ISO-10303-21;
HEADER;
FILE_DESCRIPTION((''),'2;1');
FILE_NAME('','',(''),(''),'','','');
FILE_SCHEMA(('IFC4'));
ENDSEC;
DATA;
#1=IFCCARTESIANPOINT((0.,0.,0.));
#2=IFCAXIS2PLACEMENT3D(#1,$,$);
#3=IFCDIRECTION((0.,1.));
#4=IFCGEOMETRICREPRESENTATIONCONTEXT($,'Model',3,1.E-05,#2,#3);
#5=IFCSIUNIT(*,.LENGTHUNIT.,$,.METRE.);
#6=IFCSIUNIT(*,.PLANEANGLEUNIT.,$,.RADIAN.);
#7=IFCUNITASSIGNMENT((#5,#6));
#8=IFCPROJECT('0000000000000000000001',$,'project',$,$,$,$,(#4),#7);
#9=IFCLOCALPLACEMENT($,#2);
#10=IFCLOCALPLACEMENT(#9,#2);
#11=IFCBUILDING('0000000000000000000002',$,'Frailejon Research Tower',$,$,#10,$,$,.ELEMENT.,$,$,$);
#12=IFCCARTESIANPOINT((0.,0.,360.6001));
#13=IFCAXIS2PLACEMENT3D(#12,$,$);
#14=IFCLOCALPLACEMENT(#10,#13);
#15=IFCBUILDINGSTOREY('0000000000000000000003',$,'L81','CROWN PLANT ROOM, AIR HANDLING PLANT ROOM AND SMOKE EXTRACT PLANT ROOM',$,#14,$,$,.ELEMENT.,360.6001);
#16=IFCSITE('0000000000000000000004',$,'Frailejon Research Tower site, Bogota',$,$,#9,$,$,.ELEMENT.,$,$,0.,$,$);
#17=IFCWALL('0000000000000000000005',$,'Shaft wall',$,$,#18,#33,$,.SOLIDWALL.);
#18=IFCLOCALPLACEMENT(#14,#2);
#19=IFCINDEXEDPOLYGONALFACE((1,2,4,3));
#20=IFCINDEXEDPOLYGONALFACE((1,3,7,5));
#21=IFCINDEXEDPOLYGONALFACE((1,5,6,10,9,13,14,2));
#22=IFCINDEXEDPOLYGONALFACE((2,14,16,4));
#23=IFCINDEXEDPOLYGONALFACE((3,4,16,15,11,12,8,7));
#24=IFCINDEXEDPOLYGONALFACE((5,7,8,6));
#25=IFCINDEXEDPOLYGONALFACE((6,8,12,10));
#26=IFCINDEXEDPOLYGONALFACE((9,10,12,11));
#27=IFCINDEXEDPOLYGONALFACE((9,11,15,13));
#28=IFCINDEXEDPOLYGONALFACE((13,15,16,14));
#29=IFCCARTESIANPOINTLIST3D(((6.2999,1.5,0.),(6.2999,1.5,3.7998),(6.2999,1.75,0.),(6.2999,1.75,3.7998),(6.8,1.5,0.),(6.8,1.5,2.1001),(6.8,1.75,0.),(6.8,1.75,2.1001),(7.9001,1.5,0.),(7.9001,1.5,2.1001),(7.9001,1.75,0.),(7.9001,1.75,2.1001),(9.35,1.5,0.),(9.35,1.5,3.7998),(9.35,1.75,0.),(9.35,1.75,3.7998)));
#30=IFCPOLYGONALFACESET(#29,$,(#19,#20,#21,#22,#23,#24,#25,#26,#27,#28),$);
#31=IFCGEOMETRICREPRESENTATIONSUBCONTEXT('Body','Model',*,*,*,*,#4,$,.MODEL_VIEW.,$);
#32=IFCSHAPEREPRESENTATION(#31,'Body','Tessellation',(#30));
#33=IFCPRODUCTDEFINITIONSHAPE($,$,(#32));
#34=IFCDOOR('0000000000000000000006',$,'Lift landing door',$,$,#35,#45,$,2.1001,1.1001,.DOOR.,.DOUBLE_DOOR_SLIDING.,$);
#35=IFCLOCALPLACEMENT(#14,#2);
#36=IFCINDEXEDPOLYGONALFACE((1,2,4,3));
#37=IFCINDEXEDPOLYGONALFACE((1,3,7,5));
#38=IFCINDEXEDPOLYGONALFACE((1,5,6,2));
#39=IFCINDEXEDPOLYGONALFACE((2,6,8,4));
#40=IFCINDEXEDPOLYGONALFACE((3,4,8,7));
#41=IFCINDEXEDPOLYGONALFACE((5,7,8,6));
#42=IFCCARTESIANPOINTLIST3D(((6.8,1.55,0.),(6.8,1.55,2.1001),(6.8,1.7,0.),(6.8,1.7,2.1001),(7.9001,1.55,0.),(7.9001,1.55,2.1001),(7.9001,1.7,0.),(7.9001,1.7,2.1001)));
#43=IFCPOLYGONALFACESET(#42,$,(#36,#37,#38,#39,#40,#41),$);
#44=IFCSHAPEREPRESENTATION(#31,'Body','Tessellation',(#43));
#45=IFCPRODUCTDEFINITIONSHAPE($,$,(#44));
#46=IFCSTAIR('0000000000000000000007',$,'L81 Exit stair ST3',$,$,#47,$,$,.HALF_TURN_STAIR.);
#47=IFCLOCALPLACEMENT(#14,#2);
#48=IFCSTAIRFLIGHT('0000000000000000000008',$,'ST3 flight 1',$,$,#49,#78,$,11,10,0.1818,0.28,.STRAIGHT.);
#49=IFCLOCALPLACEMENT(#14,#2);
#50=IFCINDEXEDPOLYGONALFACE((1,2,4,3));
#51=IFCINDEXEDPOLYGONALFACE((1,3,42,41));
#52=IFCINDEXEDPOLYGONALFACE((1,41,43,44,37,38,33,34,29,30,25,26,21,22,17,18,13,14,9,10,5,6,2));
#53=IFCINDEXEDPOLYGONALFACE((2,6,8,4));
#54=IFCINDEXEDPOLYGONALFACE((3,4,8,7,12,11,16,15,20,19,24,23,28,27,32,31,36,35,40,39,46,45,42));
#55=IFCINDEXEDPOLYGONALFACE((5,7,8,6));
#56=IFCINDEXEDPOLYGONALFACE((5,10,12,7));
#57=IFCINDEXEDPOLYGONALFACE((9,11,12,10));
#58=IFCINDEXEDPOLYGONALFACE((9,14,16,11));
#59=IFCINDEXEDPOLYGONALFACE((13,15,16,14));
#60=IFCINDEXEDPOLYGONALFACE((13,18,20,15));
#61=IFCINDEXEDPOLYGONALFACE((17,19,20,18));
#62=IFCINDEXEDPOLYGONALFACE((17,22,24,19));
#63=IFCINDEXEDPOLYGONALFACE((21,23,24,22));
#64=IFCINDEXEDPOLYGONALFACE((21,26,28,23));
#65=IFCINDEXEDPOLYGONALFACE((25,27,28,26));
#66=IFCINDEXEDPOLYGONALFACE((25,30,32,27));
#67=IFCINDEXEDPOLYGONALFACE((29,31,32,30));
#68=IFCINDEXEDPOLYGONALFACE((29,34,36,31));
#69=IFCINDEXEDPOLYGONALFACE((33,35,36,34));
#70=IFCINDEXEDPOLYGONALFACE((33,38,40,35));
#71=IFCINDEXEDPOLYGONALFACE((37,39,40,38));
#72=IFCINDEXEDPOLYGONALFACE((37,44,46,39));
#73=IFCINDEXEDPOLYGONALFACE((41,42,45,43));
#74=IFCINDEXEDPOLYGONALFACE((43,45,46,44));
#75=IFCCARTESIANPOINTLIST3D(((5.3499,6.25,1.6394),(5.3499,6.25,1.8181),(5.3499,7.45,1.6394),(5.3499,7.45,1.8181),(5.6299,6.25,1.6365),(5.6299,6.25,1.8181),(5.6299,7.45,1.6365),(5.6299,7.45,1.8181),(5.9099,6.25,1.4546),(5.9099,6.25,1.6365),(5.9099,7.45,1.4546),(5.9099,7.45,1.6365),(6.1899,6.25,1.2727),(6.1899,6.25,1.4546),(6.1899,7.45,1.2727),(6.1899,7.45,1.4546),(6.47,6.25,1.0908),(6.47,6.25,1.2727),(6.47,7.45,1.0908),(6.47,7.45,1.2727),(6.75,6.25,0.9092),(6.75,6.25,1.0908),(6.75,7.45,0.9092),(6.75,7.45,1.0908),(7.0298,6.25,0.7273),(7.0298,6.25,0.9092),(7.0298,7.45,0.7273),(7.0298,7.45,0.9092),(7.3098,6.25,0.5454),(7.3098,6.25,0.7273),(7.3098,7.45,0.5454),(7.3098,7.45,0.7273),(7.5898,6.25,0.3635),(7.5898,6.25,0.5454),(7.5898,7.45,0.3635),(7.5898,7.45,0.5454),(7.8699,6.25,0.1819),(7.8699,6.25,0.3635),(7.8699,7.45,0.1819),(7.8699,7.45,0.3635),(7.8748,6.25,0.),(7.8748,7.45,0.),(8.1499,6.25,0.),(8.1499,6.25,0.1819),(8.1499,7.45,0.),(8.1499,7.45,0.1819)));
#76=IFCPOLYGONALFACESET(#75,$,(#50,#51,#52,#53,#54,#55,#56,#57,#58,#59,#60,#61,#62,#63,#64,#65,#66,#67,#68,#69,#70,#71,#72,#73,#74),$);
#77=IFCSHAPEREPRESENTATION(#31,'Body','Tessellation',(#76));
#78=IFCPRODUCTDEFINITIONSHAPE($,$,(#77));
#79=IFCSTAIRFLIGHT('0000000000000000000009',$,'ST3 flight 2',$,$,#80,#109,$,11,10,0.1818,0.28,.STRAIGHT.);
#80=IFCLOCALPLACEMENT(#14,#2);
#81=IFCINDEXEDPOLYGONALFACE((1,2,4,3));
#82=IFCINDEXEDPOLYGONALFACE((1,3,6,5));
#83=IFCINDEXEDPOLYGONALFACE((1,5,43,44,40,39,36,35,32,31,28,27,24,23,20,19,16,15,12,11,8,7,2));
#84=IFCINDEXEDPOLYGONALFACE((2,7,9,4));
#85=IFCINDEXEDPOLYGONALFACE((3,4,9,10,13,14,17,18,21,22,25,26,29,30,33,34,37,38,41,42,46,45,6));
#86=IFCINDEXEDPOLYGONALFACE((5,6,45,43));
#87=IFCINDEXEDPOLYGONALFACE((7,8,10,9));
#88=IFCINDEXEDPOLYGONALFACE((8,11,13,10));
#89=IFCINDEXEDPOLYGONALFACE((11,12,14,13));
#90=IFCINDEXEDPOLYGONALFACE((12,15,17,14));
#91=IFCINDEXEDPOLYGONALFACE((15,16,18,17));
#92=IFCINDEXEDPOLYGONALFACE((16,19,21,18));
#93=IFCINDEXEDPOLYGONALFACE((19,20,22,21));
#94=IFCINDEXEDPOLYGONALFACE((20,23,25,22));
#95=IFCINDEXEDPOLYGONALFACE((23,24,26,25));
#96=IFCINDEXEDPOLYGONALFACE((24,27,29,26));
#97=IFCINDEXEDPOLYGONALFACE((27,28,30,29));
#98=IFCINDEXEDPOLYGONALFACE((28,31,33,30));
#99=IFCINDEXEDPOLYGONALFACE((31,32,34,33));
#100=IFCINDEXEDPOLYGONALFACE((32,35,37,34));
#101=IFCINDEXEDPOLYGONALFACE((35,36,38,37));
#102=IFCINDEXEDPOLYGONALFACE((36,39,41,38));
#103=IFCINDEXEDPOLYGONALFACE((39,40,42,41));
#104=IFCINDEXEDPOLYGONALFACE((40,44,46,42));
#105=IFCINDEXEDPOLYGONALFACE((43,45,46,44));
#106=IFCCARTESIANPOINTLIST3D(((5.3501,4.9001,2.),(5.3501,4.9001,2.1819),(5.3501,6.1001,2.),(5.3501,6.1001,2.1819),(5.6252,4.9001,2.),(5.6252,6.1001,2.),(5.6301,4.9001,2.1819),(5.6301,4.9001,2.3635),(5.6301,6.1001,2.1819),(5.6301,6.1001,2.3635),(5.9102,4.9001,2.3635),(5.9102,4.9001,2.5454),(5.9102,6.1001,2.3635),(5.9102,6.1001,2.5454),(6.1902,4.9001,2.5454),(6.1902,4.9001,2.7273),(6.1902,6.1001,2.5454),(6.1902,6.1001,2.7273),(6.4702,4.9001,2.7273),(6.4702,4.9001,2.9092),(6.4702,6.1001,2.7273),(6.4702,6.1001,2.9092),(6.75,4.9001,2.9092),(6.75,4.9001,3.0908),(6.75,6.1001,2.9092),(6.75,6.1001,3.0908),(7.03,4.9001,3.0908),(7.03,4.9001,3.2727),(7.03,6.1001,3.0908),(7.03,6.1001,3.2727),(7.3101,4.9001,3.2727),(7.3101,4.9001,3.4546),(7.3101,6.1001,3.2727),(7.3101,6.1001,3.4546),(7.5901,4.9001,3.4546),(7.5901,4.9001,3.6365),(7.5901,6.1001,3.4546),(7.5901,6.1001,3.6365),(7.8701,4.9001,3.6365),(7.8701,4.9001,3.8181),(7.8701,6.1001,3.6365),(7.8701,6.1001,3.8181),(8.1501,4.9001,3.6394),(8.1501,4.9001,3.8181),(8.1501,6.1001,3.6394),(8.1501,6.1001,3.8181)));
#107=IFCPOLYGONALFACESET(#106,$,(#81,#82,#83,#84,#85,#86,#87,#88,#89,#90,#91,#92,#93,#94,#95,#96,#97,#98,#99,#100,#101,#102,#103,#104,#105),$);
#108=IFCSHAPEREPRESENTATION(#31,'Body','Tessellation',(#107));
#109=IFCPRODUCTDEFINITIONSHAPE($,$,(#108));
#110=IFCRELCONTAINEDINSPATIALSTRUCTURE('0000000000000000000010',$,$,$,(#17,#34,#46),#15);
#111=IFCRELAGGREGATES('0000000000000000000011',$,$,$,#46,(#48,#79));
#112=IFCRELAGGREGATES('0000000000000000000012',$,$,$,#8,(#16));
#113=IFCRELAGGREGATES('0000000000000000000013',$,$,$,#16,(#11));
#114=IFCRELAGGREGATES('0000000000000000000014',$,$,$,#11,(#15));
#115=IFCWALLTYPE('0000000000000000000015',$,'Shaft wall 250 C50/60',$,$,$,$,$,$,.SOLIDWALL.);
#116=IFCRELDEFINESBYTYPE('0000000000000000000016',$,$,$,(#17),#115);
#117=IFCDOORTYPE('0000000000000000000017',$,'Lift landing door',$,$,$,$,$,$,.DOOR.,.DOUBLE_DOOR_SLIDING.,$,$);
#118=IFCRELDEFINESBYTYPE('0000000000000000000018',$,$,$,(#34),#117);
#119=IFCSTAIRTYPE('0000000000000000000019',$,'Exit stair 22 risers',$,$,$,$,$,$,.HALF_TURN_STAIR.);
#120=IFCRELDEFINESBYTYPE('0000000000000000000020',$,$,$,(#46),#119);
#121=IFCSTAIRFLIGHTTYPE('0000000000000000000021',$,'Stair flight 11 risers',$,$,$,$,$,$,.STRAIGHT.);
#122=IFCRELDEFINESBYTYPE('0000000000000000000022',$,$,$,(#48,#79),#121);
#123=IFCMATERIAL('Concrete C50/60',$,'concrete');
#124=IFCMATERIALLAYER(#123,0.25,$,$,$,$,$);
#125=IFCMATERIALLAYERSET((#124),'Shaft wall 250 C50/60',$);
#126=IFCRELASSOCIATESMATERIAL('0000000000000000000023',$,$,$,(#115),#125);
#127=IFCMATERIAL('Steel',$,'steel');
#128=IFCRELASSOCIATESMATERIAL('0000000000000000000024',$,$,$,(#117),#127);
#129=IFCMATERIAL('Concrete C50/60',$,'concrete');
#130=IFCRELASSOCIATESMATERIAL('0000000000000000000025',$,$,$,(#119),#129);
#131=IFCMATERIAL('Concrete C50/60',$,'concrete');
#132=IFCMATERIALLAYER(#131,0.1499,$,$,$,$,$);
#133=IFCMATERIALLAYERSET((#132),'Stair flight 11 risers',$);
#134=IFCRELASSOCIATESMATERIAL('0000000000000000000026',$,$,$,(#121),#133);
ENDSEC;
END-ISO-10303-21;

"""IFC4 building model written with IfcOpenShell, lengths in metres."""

from ifc_helpers import new_model, si_unit, direction, frame, frame_2d, origin, place, context, subcontext, project, spatial, polyline, rectangle, outline, extrude, material, layer, layer_set, type_object, element, fill, aggregate, save


model = new_model("IFC4")

# Units and contexts
model_context = context("Model", 3, precision=1e-05, world=origin(), true_north=direction((0.0, 1.0)))
body_context = subcontext(model_context, "Body", "Model", "MODEL_VIEW")
ifc_project = project(units=[si_unit("LENGTHUNIT", "METRE"), si_unit("PLANEANGLEUNIT", "RADIAN")], contexts=[model_context])

# Site, building, storey
site_placement = place(None, origin())
site = spatial("IfcSite", under=ifc_project, at=site_placement, Name="Frailejon Research Tower site, Bogota", CompositionType="ELEMENT", RefElevation=0.0)
building_placement = place(site_placement, origin())
building = spatial("IfcBuilding", under=site, at=building_placement, Name="Frailejon Research Tower", CompositionType="ELEMENT")
storey_placement = place(building_placement, frame((0.0, 0.0, 360.6001)))
storey = spatial("IfcBuildingStorey", under=building, at=storey_placement, Name="L81", Description="CROWN PLANT ROOM, AIR HANDLING PLANT ROOM AND SMOKE EXTRACT PLANT ROOM", CompositionType="ELEMENT", Elevation=360.6001)

# Shared definitions
ifc_material_1 = material(Name="Concrete C50/60", Category="concrete")
ifc_layer_1 = layer(ifc_material_1, 0.25)
ifc_layer_set_1 = layer_set([ifc_layer_1], Name="Shaft wall 250 C50/60")
wall_type_1 = type_object("IfcWallType", Name="Shaft wall 250 C50/60", PredefinedType="SOLIDWALL", material=ifc_layer_set_1)

# Wall, opening, door
wall_1_placement = place(storey_placement, frame((6.3, 1.625, 0.0), z_axis=(0.0, 0.0, 1.0), x_axis=(1.0, 0.0, 0.0)))
wall_1 = element("IfcWall", 1, at=wall_1_placement, inside=storey, type_object=wall_type_1, Name="Shaft wall", PredefinedType="SOLIDWALL", context=body_context, shape_type="SweptSolid", body=[
    extrude(rectangle(XDim=3.05, YDim=0.25, at=frame_2d((1.5249, 0.0))), origin(), (0.0, 0.0, 1.0), 3.7998),
])
opening_1_placement = place(wall_1_placement, frame((0.5, 0.0, 0.0)))
opening_1 = element("IfcOpeningElement", 2, at=opening_1_placement, cuts=wall_1, PredefinedType="OPENING", context=body_context, shape_type="SweptSolid", body=[
    extrude(rectangle(XDim=1.1001, YDim=2.1001, at=frame_2d((0.55, 1.05))), frame((0.0, 0.135, 0.0), z_axis=(0.0, -1.0, 0.0), x_axis=(1.0, 0.0, 0.0)), (0.0, 0.0, 1.0), 0.27),
])
ifc_material_2 = material(Name="Steel", Category="steel")
door_type_1 = type_object("IfcDoorType", Name="Lift landing door", OperationType="DOUBLE_DOOR_SLIDING", PredefinedType="DOOR", material=ifc_material_2)
door_1_placement = place(opening_1_placement, origin())
door_1 = element("IfcDoor", 3, at=door_1_placement, inside=storey, type_object=door_type_1, Name="Lift landing door", OperationType="DOUBLE_DOOR_SLIDING", OverallHeight=2.1001, OverallWidth=1.1001, PredefinedType="DOOR", context=body_context, shape_type="SweptSolid", body=[
    extrude(rectangle(XDim=1.1001, YDim=2.1001, at=frame_2d((0.55, 1.05))), frame((0.0, 0.075, 0.0), z_axis=(0.0, -1.0, 0.0), x_axis=(1.0, 0.0, 0.0)), (0.0, 0.0, 1.0), 0.1499),
])
fill(opening_1, door_1)

# Stair, stair flights
ifc_material_3 = material(Name="Concrete C50/60", Category="concrete")
stair_type = type_object("IfcStairType", Name="Exit stair 22 risers", PredefinedType="HALF_TURN_STAIR", material=ifc_material_3)
stair_placement = place(storey_placement, origin())
stair = element("IfcStair", 4, at=stair_placement, inside=storey, type_object=stair_type, Name="L81 Exit stair ST3", PredefinedType="HALF_TURN_STAIR")
ifc_material_4 = material(Name="Concrete C50/60", Category="concrete")
ifc_layer_2 = layer(ifc_material_4, 0.1499)
ifc_layer_set_2 = layer_set([ifc_layer_2], Name="Stair flight 11 risers")
stair_flight_type = type_object("IfcStairFlightType", Name="Stair flight 11 risers", PredefinedType="STRAIGHT", material=ifc_layer_set_2)
stair_flight_1_placement = place(storey_placement, frame((8.1499, 6.8501, 0.0), z_axis=(0.0, 0.0, 1.0), x_axis=(-1.0, 0.0, 0.0)))
stair_flight_1 = element("IfcStairFlight", 5, at=stair_flight_1_placement, type_object=stair_flight_type, Name="ST3 flight 1", NumberOfRisers=11, NumberOfTreads=10, PredefinedType="STRAIGHT", RiserHeight=0.1818, TreadLength=0.28, context=body_context, shape_type="SweptSolid", body=[
    extrude(outline(polyline([(0.0, 0.0), (0.0, 0.1819), (0.28, 0.1819), (0.28, 0.3635), (0.5601, 0.3635), (0.5601, 0.5454), (0.8401, 0.5454), (0.8401, 0.7273), (1.1201, 0.7273), (1.1201, 0.9092), (1.3999, 0.9092), (1.3999, 1.0908), (1.6799, 1.0908), (1.6799, 1.2727), (1.96, 1.2727), (1.96, 1.4546), (2.24, 1.4546), (2.24, 1.6365), (2.52, 1.6365), (2.52, 1.8181), (2.8, 1.8181), (2.8, 2.0), (2.8, 1.6394), (0.2751, 0.0), (0.0, 0.0)])), frame((0.0, 0.6001, 0.0), z_axis=(0.0, -1.0, 0.0), x_axis=(1.0, 0.0, 0.0)), (0.0, 0.0, 1.0), 1.2),
])
stair_flight_2_placement = place(storey_placement, frame((5.3501, 5.5, 2.0), z_axis=(0.0, 0.0, 1.0), x_axis=(1.0, 0.0, 0.0)))
stair_flight_2 = element("IfcStairFlight", 6, at=stair_flight_2_placement, type_object=stair_flight_type, Name="ST3 flight 2", NumberOfRisers=11, NumberOfTreads=10, PredefinedType="STRAIGHT", RiserHeight=0.1818, TreadLength=0.28, context=body_context, shape_type="SweptSolid", body=[
    extrude(outline(polyline([(0.0, 0.0), (0.0, 0.1819), (0.28, 0.1819), (0.28, 0.3635), (0.5601, 0.3635), (0.5601, 0.5454), (0.8401, 0.5454), (0.8401, 0.7273), (1.1201, 0.7273), (1.1201, 0.9092), (1.3999, 0.9092), (1.3999, 1.0908), (1.6799, 1.0908), (1.6799, 1.2727), (1.96, 1.2727), (1.96, 1.4546), (2.24, 1.4546), (2.24, 1.6365), (2.52, 1.6365), (2.52, 1.8181), (2.8, 1.8181), (2.8, 2.0), (2.8, 1.6394), (0.2751, 0.0), (0.0, 0.0)])), frame((0.0, 0.6001, 0.0), z_axis=(0.0, -1.0, 0.0), x_axis=(1.0, 0.0, 0.0)), (0.0, 0.0, 1.0), 1.2),
])
aggregate(stair, [stair_flight_1, stair_flight_2])

save(model, "model.ifc")
